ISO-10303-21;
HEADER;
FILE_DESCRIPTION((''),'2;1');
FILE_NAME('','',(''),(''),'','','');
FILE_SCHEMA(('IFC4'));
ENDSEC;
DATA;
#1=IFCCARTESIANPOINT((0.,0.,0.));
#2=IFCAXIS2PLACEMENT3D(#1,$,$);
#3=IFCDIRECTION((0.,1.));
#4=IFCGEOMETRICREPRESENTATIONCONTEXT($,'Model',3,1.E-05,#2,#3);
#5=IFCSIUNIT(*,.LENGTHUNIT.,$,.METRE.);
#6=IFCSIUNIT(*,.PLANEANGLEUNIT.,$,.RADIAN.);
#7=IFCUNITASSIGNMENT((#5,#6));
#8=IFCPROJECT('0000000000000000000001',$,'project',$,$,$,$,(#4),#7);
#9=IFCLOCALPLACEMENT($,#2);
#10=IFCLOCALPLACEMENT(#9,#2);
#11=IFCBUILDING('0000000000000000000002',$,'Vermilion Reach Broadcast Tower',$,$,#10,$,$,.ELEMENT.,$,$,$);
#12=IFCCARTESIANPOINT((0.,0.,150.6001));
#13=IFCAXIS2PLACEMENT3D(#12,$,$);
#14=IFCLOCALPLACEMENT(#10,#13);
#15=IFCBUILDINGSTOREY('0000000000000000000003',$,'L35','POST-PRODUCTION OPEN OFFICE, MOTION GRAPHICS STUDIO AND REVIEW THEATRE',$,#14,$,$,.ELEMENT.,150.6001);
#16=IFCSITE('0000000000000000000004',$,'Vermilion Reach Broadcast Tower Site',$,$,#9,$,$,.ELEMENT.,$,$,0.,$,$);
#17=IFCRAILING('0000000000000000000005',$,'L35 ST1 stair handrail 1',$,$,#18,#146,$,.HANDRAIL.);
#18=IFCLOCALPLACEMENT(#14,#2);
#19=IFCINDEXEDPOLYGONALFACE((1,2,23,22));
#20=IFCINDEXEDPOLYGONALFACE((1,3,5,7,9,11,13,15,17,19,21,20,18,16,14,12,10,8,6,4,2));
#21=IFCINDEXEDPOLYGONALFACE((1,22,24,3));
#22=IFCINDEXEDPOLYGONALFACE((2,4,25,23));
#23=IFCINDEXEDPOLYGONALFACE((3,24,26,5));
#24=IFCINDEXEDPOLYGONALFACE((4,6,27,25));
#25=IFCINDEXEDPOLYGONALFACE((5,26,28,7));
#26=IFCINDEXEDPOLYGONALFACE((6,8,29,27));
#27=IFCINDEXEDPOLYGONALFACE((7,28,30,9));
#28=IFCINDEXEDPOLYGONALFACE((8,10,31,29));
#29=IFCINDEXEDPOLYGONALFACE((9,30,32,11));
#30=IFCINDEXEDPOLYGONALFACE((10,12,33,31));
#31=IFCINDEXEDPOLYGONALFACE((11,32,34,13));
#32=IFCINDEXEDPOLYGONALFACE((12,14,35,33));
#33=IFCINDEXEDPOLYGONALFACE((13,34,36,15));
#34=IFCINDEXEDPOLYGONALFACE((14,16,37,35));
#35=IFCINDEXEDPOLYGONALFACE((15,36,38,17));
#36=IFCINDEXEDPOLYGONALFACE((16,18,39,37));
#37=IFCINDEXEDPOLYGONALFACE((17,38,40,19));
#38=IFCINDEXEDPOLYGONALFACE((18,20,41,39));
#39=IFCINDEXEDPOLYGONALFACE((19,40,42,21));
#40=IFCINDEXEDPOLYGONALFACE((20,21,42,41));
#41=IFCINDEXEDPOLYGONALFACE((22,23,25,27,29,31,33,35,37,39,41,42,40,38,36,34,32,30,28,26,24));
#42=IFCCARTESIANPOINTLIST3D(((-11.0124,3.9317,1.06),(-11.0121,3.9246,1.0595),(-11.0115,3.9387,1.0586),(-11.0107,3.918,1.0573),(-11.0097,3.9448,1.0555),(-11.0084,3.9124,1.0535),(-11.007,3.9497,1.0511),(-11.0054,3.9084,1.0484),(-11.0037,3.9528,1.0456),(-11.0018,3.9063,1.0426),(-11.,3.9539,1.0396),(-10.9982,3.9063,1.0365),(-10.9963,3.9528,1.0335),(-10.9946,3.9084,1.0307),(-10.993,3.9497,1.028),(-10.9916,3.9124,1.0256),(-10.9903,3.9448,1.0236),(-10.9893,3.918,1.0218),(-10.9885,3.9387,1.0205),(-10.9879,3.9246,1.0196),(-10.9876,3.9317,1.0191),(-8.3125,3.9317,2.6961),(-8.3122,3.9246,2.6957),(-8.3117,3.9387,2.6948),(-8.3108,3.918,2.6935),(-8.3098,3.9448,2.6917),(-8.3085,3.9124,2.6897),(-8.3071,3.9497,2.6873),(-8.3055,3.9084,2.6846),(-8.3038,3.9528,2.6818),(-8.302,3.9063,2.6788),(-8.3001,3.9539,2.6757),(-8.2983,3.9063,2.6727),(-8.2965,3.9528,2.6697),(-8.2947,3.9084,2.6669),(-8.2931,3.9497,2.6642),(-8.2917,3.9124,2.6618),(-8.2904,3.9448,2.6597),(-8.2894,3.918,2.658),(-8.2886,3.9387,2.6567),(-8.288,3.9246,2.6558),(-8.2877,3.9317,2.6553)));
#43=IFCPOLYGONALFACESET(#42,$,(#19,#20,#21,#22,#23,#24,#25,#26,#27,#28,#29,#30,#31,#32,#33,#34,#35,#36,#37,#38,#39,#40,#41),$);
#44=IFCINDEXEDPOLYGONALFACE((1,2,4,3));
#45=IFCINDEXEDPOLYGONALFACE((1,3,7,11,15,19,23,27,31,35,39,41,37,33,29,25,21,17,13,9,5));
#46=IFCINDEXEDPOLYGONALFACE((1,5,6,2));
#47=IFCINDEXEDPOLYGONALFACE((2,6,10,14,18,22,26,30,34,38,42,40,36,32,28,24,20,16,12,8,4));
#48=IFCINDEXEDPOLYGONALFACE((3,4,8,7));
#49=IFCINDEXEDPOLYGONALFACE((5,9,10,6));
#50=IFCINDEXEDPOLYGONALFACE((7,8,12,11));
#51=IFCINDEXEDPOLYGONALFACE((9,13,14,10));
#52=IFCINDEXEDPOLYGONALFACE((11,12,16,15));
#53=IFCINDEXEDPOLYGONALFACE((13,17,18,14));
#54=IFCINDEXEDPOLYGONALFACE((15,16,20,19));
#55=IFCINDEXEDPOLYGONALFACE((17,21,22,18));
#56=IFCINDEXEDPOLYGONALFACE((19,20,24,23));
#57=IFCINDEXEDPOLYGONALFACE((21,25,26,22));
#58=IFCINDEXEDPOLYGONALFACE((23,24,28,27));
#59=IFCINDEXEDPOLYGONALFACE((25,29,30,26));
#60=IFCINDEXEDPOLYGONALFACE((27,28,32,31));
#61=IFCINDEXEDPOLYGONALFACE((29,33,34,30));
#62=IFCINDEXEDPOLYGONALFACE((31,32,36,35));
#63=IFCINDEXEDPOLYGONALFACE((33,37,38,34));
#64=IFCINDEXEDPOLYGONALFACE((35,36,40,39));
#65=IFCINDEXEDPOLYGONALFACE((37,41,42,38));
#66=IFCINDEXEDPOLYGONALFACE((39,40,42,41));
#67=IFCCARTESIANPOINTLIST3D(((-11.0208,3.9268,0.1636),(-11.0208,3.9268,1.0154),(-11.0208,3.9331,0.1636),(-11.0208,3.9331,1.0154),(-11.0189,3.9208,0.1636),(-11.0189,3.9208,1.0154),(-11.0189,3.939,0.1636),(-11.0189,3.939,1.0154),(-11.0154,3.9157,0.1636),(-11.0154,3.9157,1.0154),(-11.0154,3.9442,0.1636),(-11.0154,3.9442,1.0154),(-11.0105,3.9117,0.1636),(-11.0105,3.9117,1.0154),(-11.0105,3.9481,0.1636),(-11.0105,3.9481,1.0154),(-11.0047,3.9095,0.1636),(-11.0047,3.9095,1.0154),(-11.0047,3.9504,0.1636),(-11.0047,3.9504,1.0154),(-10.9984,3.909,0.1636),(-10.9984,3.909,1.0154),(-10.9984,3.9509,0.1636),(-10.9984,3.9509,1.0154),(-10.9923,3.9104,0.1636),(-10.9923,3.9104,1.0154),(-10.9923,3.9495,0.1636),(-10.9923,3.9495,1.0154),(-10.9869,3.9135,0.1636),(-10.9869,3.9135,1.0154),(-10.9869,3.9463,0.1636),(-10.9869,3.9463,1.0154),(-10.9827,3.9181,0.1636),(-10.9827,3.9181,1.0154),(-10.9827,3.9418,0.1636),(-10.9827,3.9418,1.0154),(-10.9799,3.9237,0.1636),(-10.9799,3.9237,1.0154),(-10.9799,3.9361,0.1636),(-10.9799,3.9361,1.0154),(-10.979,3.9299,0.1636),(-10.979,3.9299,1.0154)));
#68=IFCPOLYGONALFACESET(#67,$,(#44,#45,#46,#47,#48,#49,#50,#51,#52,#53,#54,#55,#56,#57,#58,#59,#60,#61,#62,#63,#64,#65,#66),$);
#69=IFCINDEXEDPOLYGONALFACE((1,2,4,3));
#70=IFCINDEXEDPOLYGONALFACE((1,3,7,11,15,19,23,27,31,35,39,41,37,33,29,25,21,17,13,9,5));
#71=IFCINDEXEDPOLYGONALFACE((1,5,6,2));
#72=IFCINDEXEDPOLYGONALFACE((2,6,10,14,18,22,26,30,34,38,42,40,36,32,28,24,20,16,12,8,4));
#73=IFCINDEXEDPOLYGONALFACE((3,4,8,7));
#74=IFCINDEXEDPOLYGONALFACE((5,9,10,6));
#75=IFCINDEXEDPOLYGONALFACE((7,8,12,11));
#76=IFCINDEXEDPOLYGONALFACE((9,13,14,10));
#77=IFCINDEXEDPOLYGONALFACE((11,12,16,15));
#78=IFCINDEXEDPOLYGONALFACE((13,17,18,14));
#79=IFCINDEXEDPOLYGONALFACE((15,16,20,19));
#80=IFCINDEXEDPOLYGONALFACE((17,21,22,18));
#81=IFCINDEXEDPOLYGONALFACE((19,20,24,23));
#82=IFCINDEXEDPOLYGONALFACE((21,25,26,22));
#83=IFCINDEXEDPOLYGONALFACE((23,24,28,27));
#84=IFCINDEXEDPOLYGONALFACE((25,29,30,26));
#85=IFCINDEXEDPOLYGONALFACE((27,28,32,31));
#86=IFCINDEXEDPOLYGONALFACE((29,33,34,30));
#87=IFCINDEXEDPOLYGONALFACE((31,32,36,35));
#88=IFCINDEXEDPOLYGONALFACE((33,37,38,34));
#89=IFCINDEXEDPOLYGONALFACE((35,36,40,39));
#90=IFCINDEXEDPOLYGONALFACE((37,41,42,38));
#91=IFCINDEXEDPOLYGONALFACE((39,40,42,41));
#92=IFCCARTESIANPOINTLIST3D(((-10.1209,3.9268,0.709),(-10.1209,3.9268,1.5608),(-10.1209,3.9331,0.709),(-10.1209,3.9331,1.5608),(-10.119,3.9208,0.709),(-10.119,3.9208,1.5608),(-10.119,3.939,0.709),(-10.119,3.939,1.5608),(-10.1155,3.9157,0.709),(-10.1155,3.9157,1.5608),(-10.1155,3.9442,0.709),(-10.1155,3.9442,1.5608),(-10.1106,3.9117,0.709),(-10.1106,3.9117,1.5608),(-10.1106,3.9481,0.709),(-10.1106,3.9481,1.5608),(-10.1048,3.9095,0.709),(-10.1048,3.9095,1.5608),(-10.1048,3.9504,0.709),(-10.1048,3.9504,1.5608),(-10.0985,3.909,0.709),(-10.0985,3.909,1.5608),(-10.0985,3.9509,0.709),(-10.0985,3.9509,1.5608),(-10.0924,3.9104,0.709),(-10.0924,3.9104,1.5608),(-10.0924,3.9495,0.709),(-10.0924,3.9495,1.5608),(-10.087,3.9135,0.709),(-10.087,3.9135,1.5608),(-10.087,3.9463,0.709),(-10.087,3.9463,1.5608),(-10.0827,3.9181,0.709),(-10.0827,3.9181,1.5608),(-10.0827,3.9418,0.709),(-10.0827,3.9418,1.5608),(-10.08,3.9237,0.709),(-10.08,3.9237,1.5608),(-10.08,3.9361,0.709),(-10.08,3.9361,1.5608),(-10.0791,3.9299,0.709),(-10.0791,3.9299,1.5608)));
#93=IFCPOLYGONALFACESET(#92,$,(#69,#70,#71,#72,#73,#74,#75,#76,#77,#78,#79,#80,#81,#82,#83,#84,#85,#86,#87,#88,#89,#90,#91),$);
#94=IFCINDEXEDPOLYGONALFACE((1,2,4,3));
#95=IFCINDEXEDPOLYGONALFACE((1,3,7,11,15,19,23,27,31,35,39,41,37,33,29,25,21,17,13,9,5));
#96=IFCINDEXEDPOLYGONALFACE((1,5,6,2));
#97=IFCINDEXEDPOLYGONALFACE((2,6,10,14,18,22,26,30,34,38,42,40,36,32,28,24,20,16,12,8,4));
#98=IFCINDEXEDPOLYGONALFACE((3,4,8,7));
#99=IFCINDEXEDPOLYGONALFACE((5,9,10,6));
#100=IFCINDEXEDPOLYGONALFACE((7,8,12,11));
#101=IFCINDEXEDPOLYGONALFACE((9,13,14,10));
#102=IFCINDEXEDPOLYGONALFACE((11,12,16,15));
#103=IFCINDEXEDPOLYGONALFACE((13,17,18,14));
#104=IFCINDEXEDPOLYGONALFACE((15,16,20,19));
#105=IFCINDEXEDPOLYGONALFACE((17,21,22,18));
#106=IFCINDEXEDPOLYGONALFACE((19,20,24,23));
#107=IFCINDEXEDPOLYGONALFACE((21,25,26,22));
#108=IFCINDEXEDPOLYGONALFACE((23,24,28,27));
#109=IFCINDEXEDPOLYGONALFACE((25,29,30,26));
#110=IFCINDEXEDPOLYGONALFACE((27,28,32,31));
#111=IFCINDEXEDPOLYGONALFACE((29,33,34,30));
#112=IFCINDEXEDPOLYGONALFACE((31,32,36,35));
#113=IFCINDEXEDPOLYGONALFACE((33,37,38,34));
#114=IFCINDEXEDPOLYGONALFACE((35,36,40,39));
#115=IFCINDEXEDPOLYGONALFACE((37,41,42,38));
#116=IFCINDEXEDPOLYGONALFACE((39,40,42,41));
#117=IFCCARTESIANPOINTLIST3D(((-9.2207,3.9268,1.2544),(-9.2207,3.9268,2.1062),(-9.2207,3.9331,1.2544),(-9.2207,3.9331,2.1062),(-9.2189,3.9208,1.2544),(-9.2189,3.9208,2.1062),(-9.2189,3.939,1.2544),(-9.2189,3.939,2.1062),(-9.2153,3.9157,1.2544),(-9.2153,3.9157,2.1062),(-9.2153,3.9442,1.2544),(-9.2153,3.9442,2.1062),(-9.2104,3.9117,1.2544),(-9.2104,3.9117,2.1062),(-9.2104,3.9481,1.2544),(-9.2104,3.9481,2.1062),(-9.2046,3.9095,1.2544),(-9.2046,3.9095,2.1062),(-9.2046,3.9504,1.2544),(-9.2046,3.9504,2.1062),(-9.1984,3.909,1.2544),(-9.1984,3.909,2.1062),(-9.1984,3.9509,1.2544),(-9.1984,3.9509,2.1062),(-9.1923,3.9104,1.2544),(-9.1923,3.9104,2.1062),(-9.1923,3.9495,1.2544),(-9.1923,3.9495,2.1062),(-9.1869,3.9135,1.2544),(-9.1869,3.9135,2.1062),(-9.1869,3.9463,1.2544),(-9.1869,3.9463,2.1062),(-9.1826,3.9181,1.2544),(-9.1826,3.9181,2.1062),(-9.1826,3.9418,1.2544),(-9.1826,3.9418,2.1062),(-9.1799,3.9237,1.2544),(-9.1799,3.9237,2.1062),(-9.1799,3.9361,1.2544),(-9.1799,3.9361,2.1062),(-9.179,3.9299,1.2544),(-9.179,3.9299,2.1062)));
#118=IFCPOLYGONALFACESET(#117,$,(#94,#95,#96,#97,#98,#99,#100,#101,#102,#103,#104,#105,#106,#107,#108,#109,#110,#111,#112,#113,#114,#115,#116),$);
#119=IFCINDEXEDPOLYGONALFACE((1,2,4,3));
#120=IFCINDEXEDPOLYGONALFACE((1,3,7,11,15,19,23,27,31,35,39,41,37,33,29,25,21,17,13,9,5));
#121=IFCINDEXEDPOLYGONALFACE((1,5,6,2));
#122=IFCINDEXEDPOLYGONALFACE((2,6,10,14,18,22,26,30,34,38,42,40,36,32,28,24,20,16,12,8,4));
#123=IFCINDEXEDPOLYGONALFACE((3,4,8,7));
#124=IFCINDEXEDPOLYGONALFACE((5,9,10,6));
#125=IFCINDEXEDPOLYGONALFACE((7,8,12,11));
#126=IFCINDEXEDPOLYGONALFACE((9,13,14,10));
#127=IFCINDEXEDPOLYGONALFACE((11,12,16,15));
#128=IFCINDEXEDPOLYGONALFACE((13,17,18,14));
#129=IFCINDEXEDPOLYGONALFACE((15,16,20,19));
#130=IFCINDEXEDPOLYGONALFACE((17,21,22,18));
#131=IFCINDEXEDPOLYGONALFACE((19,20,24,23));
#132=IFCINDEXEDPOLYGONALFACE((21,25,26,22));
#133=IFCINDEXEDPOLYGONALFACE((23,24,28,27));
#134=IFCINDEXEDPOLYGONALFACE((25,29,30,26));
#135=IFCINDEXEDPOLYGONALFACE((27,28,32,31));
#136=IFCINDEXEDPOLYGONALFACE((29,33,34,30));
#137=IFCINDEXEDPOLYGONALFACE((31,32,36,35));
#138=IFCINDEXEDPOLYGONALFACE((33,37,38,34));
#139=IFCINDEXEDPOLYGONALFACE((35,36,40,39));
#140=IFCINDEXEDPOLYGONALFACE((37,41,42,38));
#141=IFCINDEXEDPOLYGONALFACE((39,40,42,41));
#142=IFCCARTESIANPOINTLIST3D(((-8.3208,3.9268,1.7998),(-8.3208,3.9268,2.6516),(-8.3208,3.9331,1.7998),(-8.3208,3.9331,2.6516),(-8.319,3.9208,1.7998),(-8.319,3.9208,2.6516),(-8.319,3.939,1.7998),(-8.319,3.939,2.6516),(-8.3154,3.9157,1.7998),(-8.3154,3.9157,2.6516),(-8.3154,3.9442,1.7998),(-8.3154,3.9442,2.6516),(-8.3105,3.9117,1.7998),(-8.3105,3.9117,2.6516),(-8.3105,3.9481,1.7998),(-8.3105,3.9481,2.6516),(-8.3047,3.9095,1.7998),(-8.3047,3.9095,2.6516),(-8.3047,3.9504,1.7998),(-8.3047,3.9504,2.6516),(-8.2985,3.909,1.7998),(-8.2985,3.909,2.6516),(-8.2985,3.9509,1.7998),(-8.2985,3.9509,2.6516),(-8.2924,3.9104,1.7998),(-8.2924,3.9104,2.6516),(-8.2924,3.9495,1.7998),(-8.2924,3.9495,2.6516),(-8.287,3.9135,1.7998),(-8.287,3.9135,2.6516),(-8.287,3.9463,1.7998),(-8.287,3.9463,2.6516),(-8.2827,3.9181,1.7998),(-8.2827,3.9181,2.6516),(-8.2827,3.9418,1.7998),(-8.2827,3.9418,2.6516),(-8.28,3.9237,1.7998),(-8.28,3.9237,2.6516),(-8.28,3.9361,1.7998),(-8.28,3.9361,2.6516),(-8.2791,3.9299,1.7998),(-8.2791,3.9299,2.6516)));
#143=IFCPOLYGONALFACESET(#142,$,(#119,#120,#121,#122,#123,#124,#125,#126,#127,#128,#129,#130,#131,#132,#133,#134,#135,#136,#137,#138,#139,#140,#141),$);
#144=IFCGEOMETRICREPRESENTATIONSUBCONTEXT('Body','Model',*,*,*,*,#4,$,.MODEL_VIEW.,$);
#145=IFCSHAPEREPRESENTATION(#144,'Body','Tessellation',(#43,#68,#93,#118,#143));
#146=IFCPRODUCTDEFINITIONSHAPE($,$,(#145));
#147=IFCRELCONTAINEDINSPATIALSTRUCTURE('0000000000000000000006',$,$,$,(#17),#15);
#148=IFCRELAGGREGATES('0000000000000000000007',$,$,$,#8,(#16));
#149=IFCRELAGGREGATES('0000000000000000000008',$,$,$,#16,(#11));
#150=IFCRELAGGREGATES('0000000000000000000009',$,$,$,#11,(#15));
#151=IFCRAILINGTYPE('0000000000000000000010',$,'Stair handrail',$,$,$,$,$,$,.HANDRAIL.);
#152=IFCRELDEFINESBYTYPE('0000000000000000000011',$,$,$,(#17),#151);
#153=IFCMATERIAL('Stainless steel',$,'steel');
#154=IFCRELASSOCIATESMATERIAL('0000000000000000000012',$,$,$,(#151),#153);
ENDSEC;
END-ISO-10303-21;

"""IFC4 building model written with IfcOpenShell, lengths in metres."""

from ifc_helpers import new_model, si_unit, direction, frame, origin, origin_2d, place, context, subcontext, project, spatial, circle, extrude, material, type_object, element, save


model = new_model("IFC4")

# Units and contexts
model_context = context("Model", 3, precision=1e-05, world=origin(), true_north=direction((0.0, 1.0)))
body_context = subcontext(model_context, "Body", "Model", "MODEL_VIEW")
ifc_project = project(units=[si_unit("LENGTHUNIT", "METRE"), si_unit("PLANEANGLEUNIT", "RADIAN")], contexts=[model_context])

# Site, building, storey
site_placement = place(None, origin())
site = spatial("IfcSite", under=ifc_project, at=site_placement, Name="Vermilion Reach Broadcast Tower Site", CompositionType="ELEMENT", RefElevation=0.0)
building_placement = place(site_placement, origin())
building = spatial("IfcBuilding", under=site, at=building_placement, Name="Vermilion Reach Broadcast Tower", CompositionType="ELEMENT")
storey_placement = place(building_placement, frame((0.0, 0.0, 150.6001)))
storey = spatial("IfcBuildingStorey", under=building, at=storey_placement, Name="L35", Description="POST-PRODUCTION OPEN OFFICE, MOTION GRAPHICS STUDIO AND REVIEW THEATRE", CompositionType="ELEMENT", Elevation=150.6001)

# Railing
ifc_material_1 = material(Name="Stainless steel", Category="steel")
railing_type_1 = type_object("IfcRailingType", Name="Stair handrail", PredefinedType="HANDRAIL", material=ifc_material_1)
railing_1_placement = place(storey_placement, frame((-11.0, 3.9299, 0.1636)))
element("IfcRailing", 1, at=railing_1_placement, inside=storey, type_object=railing_type_1, Name="L35 ST1 stair handrail 1", PredefinedType="HANDRAIL", context=body_context, shape_type="SweptSolid", body=[
    extrude(circle(Radius=0.0239, at=origin_2d()), frame((0.0, 0.0, 0.876), z_axis=(0.855212, 0.0, 0.518278), x_axis=(0.0, 1.0, 0.0)), (0.0, 0.0, 1.0), 3.157),
    extrude(circle(Radius=0.021, at=origin_2d()), origin(), (0.0, 0.0, 1.0), 0.8518),
    extrude(circle(Radius=0.021, at=origin_2d()), frame((0.8999, 0.0, 0.5454)), (0.0, 0.0, 1.0), 0.8518),
    extrude(circle(Radius=0.021, at=origin_2d()), frame((1.8, 0.0, 1.0908)), (0.0, 0.0, 1.0), 0.8518),
    extrude(circle(Radius=0.021, at=origin_2d()), frame((2.7, 0.0, 1.6362)), (0.0, 0.0, 1.0), 0.8518),
])

save(model, "model.ifc")
